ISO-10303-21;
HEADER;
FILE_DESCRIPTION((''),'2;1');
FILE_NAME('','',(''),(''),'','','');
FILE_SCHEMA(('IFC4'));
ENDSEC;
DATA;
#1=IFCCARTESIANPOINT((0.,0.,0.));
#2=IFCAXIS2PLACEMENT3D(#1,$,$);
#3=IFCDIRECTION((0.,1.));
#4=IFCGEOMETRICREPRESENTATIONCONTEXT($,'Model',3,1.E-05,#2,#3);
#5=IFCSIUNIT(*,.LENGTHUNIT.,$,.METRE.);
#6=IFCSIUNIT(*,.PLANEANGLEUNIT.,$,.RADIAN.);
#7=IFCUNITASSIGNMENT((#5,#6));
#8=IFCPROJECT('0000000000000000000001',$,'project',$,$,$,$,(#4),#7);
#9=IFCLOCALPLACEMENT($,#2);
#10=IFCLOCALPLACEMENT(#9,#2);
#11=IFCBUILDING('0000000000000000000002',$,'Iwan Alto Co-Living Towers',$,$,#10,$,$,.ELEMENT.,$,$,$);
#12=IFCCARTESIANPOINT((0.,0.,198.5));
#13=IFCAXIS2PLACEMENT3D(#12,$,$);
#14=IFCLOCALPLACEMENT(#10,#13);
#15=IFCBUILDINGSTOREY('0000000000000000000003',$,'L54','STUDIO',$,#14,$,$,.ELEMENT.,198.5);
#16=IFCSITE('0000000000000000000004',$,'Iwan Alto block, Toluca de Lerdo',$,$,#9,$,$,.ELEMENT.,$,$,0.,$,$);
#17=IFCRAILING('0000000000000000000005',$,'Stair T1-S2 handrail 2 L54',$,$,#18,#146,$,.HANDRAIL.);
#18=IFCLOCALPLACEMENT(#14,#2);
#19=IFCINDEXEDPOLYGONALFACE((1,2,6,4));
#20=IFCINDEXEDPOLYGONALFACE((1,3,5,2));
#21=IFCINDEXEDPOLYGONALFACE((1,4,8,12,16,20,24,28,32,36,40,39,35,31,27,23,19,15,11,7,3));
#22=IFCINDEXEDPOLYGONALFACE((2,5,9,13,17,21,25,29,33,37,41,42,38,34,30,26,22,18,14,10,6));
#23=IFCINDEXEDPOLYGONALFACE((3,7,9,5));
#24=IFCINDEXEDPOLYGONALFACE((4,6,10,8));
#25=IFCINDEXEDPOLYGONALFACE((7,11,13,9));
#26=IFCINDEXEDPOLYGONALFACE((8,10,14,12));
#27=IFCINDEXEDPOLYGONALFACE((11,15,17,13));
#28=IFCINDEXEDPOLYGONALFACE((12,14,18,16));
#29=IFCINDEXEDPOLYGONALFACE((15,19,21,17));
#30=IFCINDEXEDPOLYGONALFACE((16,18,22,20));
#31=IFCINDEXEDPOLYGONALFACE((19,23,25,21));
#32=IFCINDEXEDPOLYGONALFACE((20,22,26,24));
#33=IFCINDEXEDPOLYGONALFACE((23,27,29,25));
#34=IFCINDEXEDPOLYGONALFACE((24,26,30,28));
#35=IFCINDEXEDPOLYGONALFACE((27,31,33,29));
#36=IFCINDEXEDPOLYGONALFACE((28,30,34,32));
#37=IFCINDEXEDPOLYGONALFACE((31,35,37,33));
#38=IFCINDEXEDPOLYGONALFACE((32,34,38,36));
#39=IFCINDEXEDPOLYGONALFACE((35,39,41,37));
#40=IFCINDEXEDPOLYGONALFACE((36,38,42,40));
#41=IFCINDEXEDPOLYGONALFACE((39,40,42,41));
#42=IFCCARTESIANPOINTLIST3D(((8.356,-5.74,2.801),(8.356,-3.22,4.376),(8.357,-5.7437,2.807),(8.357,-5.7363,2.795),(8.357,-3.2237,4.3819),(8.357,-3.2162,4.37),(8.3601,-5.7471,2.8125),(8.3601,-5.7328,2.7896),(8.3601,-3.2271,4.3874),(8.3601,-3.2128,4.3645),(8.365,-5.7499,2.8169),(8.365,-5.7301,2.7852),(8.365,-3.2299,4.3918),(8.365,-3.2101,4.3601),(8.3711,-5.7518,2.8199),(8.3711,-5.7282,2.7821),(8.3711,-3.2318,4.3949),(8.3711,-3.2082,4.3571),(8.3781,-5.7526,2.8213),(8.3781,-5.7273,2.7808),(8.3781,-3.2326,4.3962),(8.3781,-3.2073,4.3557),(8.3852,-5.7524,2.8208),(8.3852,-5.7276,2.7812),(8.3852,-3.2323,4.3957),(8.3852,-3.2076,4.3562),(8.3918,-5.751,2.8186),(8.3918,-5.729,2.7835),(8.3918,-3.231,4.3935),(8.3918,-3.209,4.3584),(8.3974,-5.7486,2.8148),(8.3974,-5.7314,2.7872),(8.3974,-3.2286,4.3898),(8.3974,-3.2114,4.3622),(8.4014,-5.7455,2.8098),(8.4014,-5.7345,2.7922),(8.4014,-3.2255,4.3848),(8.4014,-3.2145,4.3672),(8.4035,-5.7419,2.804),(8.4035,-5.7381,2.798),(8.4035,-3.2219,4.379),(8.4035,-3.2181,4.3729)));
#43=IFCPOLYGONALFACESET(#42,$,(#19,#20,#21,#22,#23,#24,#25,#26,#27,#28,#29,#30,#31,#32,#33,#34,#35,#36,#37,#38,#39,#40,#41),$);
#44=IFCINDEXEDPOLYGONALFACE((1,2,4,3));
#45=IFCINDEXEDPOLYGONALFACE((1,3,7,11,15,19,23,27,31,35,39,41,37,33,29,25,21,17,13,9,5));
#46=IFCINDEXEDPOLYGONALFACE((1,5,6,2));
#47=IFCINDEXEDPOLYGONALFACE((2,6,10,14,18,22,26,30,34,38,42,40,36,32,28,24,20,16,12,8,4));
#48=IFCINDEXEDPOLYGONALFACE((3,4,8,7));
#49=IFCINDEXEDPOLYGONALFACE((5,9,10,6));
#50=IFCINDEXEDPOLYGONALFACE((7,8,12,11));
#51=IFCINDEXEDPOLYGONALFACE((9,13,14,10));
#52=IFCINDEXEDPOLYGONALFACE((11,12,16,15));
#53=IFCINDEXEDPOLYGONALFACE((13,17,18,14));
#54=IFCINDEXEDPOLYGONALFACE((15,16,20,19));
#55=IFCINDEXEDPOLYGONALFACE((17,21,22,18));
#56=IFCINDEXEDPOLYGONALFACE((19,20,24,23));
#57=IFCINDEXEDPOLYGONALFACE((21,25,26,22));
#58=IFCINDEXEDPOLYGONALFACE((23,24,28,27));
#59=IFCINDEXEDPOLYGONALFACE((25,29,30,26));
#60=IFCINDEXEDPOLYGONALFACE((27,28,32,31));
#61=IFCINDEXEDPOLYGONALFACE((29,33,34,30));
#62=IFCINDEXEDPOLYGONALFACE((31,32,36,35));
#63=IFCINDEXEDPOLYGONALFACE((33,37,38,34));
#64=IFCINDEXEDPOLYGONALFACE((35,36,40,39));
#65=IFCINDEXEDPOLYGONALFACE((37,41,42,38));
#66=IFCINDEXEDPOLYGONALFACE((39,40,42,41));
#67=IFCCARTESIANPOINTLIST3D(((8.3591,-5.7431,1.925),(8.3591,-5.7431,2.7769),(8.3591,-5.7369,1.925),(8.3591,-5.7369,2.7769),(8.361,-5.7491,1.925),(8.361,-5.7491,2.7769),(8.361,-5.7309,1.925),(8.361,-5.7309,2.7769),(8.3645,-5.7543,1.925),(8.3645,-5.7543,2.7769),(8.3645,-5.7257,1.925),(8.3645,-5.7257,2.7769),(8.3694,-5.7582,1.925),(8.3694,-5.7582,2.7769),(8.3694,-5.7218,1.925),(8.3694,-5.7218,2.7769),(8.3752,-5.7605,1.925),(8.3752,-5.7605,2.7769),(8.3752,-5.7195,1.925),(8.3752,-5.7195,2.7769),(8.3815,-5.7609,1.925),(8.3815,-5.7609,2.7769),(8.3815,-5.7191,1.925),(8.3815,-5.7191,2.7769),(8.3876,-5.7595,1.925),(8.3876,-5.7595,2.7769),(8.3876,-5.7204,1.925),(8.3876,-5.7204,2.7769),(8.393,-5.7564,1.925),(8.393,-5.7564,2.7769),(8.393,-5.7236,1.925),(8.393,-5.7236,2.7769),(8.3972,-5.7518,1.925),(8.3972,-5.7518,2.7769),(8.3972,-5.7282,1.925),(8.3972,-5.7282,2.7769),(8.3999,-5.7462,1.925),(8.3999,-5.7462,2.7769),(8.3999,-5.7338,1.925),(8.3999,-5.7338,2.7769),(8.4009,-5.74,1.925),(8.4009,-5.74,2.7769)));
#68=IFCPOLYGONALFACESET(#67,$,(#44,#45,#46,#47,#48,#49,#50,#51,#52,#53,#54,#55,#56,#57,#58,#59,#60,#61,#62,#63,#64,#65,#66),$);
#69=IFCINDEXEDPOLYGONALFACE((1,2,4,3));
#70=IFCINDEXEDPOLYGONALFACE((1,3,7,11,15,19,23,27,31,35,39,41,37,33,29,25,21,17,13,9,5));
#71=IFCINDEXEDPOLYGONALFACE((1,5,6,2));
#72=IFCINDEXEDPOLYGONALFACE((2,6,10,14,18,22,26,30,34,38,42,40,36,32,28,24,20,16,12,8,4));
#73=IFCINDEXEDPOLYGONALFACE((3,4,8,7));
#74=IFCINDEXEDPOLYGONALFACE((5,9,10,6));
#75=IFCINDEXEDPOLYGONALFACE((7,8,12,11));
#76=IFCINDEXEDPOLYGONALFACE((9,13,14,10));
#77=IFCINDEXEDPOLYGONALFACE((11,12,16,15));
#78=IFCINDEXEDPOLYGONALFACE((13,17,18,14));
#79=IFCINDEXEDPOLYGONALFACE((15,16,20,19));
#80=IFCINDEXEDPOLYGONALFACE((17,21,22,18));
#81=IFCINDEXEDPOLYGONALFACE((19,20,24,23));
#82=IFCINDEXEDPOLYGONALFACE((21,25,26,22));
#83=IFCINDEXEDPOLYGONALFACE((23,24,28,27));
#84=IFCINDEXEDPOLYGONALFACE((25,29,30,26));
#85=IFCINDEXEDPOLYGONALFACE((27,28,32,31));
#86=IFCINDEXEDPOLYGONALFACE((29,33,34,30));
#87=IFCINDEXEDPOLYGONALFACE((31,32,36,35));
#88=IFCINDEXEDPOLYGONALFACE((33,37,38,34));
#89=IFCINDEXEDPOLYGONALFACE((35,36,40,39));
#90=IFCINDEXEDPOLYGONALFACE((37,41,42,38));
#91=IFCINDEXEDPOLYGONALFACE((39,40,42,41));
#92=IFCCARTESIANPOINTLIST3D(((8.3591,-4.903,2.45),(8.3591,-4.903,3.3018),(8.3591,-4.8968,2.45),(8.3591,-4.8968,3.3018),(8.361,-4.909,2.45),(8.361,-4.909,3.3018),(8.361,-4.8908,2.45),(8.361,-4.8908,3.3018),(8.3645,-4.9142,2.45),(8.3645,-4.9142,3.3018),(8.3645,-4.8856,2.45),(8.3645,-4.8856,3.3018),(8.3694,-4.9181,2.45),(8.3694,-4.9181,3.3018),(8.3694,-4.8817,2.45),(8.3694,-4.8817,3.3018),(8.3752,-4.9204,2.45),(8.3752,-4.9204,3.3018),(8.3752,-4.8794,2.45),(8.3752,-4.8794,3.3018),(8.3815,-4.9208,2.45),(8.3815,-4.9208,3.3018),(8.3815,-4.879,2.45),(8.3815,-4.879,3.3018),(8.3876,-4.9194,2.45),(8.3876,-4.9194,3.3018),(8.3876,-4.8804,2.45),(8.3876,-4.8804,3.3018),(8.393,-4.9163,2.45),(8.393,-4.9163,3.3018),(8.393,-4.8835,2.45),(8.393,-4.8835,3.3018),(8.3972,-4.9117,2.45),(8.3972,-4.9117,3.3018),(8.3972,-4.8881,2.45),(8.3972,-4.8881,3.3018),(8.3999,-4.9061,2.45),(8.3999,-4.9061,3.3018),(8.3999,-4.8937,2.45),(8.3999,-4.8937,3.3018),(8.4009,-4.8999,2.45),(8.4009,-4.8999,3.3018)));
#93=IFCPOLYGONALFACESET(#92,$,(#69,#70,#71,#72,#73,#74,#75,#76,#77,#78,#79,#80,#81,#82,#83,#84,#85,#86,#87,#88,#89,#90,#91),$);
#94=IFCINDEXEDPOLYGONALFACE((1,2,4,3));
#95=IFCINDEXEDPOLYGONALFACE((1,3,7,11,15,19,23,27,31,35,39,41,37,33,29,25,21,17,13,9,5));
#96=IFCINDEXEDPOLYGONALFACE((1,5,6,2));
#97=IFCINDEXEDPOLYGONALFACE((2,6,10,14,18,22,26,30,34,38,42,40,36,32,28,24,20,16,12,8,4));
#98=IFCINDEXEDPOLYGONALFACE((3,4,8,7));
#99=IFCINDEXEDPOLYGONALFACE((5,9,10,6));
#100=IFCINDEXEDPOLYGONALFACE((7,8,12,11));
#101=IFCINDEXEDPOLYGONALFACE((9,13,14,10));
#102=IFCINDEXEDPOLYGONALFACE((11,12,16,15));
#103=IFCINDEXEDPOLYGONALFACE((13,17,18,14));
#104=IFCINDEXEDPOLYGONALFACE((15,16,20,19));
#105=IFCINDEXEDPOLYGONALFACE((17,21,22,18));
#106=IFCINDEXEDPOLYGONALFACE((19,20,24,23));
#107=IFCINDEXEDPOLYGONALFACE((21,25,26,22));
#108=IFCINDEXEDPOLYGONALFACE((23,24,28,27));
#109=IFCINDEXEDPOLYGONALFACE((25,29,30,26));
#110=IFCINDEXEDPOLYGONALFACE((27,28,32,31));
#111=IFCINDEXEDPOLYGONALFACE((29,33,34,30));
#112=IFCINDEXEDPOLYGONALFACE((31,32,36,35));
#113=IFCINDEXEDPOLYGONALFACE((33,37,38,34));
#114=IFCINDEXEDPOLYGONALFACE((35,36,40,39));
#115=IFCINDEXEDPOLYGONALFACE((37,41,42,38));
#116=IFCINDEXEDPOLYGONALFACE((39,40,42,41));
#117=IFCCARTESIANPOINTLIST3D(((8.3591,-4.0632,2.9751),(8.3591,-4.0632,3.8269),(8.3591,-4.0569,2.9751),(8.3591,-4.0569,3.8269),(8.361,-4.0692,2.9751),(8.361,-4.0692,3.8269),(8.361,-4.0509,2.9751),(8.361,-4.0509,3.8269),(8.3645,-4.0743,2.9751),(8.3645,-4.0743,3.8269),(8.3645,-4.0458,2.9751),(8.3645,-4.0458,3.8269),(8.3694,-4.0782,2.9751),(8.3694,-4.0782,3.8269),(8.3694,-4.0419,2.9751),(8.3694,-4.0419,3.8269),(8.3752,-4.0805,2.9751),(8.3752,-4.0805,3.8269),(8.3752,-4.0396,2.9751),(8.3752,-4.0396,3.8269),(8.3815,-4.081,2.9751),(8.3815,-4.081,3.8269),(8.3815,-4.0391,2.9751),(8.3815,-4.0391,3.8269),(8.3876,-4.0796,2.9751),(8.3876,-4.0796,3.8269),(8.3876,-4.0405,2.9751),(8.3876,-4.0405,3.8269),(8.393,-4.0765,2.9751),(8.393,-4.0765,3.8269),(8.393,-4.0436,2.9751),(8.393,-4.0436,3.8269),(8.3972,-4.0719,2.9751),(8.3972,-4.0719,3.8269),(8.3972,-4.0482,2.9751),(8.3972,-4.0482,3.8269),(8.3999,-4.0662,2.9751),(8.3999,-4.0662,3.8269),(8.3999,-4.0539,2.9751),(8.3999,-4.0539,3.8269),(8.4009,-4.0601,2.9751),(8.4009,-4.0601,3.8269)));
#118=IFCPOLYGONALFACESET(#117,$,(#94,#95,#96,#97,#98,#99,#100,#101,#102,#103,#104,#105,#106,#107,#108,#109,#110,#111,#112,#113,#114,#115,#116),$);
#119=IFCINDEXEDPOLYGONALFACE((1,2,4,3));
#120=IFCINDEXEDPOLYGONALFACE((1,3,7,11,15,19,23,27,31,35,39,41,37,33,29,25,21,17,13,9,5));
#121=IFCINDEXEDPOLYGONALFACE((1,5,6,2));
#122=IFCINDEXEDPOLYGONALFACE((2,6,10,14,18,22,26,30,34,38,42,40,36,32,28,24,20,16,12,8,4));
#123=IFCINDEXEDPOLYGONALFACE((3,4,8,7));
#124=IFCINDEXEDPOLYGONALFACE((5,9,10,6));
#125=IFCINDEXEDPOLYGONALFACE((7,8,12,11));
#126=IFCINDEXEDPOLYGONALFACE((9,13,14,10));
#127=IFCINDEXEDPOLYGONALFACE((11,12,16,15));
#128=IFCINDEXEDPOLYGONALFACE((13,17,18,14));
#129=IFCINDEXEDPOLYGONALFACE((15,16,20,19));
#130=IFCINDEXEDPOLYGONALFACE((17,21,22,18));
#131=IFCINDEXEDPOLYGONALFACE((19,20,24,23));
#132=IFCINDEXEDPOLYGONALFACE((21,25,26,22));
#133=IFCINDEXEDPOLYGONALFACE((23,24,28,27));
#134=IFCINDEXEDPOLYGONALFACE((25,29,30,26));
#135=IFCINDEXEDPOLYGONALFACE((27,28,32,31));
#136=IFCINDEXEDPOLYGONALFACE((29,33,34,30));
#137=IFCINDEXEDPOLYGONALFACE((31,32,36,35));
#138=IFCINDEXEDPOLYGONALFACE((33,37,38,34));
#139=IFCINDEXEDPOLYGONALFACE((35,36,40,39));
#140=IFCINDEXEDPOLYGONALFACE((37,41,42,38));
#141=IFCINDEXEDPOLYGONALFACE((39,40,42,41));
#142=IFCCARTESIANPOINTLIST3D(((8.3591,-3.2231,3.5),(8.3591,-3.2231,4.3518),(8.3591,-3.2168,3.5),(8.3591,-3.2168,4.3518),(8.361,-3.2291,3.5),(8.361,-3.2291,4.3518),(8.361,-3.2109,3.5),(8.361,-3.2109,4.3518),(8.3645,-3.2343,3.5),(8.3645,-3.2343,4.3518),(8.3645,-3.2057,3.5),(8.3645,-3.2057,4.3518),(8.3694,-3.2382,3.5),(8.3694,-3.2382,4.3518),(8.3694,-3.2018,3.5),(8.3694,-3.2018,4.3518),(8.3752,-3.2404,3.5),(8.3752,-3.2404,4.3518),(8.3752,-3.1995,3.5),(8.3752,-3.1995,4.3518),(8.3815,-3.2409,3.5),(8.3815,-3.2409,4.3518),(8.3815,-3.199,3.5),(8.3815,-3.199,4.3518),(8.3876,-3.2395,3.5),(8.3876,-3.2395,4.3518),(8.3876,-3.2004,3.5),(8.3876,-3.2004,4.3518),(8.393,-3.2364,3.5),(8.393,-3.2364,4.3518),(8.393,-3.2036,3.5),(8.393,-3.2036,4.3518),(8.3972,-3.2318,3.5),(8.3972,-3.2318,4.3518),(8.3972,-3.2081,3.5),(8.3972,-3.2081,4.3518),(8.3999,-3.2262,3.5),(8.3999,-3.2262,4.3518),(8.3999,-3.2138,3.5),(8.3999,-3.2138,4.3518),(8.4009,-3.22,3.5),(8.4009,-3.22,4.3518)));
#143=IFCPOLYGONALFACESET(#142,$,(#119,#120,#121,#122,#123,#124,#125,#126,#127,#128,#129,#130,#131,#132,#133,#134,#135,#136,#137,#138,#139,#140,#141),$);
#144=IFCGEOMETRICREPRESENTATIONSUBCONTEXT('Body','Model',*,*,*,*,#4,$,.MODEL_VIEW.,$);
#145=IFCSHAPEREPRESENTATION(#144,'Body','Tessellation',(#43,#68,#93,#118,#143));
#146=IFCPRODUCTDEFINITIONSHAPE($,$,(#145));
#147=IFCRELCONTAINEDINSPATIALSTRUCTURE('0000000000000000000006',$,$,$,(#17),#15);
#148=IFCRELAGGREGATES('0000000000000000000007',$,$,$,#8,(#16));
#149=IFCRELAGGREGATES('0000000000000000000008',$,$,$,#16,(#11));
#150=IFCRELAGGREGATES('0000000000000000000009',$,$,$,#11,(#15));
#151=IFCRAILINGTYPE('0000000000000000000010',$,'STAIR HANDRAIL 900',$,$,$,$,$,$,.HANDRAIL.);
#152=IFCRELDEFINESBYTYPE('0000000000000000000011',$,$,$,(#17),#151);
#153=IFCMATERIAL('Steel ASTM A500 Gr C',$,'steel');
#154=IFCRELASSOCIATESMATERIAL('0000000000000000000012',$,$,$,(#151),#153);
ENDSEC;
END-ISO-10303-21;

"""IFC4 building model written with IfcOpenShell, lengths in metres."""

from ifc_helpers import new_model, si_unit, direction, frame, origin, origin_2d, place, context, subcontext, project, spatial, circle, extrude, material, type_object, element, save


model = new_model("IFC4")

# Units and contexts
model_context = context("Model", 3, precision=1e-05, world=origin(), true_north=direction((0.0, 1.0)))
body_context = subcontext(model_context, "Body", "Model", "MODEL_VIEW")
ifc_project = project(units=[si_unit("LENGTHUNIT", "METRE"), si_unit("PLANEANGLEUNIT", "RADIAN")], contexts=[model_context])

# Site, building, storey
site_placement = place(None, origin())
site = spatial("IfcSite", under=ifc_project, at=site_placement, Name="Iwan Alto block, Toluca de Lerdo", CompositionType="ELEMENT", RefElevation=0.0)
building_placement = place(site_placement, origin())
building = spatial("IfcBuilding", under=site, at=building_placement, Name="Iwan Alto Co-Living Towers", CompositionType="ELEMENT")
storey_placement = place(building_placement, frame((0.0, 0.0, 198.5)))
storey = spatial("IfcBuildingStorey", under=building, at=storey_placement, Name="L54", Description="STUDIO", CompositionType="ELEMENT", Elevation=198.5)

# Railing
ifc_material_1 = material(Name="Steel ASTM A500 Gr C", Category="steel")
railing_type_1 = type_object("IfcRailingType", Name="STAIR HANDRAIL 900", PredefinedType="HANDRAIL", material=ifc_material_1)
railing_1_placement = place(storey_placement, frame((8.3799, -5.74, 1.925)))
element("IfcRailing", 1, at=railing_1_placement, inside=storey, type_object=railing_type_1, Name="Stair T1-S2 handrail 2 L54", PredefinedType="HANDRAIL", context=body_context, shape_type="SweptSolid", body=[
    extrude(circle(Radius=0.0239, at=origin_2d()), frame((0.0, 0.0, 0.876), z_axis=(0.0, 0.848008, 0.529984), x_axis=(-1.0, 0.0, 0.0)), (0.0, 0.0, 1.0), 2.9717),
    extrude(circle(Radius=0.021, at=origin_2d()), origin(), (0.0, 0.0, 1.0), 0.8518),
    extrude(circle(Radius=0.021, at=origin_2d()), frame((0.0, 0.8401, 0.5249)), (0.0, 0.0, 1.0), 0.8518),
    extrude(circle(Radius=0.021, at=origin_2d()), frame((0.0, 1.6799, 1.05)), (0.0, 0.0, 1.0), 0.8518),
    extrude(circle(Radius=0.021, at=origin_2d()), frame((0.0, 2.52, 1.575)), (0.0, 0.0, 1.0), 0.8518),
])

save(model, "model.ifc")
